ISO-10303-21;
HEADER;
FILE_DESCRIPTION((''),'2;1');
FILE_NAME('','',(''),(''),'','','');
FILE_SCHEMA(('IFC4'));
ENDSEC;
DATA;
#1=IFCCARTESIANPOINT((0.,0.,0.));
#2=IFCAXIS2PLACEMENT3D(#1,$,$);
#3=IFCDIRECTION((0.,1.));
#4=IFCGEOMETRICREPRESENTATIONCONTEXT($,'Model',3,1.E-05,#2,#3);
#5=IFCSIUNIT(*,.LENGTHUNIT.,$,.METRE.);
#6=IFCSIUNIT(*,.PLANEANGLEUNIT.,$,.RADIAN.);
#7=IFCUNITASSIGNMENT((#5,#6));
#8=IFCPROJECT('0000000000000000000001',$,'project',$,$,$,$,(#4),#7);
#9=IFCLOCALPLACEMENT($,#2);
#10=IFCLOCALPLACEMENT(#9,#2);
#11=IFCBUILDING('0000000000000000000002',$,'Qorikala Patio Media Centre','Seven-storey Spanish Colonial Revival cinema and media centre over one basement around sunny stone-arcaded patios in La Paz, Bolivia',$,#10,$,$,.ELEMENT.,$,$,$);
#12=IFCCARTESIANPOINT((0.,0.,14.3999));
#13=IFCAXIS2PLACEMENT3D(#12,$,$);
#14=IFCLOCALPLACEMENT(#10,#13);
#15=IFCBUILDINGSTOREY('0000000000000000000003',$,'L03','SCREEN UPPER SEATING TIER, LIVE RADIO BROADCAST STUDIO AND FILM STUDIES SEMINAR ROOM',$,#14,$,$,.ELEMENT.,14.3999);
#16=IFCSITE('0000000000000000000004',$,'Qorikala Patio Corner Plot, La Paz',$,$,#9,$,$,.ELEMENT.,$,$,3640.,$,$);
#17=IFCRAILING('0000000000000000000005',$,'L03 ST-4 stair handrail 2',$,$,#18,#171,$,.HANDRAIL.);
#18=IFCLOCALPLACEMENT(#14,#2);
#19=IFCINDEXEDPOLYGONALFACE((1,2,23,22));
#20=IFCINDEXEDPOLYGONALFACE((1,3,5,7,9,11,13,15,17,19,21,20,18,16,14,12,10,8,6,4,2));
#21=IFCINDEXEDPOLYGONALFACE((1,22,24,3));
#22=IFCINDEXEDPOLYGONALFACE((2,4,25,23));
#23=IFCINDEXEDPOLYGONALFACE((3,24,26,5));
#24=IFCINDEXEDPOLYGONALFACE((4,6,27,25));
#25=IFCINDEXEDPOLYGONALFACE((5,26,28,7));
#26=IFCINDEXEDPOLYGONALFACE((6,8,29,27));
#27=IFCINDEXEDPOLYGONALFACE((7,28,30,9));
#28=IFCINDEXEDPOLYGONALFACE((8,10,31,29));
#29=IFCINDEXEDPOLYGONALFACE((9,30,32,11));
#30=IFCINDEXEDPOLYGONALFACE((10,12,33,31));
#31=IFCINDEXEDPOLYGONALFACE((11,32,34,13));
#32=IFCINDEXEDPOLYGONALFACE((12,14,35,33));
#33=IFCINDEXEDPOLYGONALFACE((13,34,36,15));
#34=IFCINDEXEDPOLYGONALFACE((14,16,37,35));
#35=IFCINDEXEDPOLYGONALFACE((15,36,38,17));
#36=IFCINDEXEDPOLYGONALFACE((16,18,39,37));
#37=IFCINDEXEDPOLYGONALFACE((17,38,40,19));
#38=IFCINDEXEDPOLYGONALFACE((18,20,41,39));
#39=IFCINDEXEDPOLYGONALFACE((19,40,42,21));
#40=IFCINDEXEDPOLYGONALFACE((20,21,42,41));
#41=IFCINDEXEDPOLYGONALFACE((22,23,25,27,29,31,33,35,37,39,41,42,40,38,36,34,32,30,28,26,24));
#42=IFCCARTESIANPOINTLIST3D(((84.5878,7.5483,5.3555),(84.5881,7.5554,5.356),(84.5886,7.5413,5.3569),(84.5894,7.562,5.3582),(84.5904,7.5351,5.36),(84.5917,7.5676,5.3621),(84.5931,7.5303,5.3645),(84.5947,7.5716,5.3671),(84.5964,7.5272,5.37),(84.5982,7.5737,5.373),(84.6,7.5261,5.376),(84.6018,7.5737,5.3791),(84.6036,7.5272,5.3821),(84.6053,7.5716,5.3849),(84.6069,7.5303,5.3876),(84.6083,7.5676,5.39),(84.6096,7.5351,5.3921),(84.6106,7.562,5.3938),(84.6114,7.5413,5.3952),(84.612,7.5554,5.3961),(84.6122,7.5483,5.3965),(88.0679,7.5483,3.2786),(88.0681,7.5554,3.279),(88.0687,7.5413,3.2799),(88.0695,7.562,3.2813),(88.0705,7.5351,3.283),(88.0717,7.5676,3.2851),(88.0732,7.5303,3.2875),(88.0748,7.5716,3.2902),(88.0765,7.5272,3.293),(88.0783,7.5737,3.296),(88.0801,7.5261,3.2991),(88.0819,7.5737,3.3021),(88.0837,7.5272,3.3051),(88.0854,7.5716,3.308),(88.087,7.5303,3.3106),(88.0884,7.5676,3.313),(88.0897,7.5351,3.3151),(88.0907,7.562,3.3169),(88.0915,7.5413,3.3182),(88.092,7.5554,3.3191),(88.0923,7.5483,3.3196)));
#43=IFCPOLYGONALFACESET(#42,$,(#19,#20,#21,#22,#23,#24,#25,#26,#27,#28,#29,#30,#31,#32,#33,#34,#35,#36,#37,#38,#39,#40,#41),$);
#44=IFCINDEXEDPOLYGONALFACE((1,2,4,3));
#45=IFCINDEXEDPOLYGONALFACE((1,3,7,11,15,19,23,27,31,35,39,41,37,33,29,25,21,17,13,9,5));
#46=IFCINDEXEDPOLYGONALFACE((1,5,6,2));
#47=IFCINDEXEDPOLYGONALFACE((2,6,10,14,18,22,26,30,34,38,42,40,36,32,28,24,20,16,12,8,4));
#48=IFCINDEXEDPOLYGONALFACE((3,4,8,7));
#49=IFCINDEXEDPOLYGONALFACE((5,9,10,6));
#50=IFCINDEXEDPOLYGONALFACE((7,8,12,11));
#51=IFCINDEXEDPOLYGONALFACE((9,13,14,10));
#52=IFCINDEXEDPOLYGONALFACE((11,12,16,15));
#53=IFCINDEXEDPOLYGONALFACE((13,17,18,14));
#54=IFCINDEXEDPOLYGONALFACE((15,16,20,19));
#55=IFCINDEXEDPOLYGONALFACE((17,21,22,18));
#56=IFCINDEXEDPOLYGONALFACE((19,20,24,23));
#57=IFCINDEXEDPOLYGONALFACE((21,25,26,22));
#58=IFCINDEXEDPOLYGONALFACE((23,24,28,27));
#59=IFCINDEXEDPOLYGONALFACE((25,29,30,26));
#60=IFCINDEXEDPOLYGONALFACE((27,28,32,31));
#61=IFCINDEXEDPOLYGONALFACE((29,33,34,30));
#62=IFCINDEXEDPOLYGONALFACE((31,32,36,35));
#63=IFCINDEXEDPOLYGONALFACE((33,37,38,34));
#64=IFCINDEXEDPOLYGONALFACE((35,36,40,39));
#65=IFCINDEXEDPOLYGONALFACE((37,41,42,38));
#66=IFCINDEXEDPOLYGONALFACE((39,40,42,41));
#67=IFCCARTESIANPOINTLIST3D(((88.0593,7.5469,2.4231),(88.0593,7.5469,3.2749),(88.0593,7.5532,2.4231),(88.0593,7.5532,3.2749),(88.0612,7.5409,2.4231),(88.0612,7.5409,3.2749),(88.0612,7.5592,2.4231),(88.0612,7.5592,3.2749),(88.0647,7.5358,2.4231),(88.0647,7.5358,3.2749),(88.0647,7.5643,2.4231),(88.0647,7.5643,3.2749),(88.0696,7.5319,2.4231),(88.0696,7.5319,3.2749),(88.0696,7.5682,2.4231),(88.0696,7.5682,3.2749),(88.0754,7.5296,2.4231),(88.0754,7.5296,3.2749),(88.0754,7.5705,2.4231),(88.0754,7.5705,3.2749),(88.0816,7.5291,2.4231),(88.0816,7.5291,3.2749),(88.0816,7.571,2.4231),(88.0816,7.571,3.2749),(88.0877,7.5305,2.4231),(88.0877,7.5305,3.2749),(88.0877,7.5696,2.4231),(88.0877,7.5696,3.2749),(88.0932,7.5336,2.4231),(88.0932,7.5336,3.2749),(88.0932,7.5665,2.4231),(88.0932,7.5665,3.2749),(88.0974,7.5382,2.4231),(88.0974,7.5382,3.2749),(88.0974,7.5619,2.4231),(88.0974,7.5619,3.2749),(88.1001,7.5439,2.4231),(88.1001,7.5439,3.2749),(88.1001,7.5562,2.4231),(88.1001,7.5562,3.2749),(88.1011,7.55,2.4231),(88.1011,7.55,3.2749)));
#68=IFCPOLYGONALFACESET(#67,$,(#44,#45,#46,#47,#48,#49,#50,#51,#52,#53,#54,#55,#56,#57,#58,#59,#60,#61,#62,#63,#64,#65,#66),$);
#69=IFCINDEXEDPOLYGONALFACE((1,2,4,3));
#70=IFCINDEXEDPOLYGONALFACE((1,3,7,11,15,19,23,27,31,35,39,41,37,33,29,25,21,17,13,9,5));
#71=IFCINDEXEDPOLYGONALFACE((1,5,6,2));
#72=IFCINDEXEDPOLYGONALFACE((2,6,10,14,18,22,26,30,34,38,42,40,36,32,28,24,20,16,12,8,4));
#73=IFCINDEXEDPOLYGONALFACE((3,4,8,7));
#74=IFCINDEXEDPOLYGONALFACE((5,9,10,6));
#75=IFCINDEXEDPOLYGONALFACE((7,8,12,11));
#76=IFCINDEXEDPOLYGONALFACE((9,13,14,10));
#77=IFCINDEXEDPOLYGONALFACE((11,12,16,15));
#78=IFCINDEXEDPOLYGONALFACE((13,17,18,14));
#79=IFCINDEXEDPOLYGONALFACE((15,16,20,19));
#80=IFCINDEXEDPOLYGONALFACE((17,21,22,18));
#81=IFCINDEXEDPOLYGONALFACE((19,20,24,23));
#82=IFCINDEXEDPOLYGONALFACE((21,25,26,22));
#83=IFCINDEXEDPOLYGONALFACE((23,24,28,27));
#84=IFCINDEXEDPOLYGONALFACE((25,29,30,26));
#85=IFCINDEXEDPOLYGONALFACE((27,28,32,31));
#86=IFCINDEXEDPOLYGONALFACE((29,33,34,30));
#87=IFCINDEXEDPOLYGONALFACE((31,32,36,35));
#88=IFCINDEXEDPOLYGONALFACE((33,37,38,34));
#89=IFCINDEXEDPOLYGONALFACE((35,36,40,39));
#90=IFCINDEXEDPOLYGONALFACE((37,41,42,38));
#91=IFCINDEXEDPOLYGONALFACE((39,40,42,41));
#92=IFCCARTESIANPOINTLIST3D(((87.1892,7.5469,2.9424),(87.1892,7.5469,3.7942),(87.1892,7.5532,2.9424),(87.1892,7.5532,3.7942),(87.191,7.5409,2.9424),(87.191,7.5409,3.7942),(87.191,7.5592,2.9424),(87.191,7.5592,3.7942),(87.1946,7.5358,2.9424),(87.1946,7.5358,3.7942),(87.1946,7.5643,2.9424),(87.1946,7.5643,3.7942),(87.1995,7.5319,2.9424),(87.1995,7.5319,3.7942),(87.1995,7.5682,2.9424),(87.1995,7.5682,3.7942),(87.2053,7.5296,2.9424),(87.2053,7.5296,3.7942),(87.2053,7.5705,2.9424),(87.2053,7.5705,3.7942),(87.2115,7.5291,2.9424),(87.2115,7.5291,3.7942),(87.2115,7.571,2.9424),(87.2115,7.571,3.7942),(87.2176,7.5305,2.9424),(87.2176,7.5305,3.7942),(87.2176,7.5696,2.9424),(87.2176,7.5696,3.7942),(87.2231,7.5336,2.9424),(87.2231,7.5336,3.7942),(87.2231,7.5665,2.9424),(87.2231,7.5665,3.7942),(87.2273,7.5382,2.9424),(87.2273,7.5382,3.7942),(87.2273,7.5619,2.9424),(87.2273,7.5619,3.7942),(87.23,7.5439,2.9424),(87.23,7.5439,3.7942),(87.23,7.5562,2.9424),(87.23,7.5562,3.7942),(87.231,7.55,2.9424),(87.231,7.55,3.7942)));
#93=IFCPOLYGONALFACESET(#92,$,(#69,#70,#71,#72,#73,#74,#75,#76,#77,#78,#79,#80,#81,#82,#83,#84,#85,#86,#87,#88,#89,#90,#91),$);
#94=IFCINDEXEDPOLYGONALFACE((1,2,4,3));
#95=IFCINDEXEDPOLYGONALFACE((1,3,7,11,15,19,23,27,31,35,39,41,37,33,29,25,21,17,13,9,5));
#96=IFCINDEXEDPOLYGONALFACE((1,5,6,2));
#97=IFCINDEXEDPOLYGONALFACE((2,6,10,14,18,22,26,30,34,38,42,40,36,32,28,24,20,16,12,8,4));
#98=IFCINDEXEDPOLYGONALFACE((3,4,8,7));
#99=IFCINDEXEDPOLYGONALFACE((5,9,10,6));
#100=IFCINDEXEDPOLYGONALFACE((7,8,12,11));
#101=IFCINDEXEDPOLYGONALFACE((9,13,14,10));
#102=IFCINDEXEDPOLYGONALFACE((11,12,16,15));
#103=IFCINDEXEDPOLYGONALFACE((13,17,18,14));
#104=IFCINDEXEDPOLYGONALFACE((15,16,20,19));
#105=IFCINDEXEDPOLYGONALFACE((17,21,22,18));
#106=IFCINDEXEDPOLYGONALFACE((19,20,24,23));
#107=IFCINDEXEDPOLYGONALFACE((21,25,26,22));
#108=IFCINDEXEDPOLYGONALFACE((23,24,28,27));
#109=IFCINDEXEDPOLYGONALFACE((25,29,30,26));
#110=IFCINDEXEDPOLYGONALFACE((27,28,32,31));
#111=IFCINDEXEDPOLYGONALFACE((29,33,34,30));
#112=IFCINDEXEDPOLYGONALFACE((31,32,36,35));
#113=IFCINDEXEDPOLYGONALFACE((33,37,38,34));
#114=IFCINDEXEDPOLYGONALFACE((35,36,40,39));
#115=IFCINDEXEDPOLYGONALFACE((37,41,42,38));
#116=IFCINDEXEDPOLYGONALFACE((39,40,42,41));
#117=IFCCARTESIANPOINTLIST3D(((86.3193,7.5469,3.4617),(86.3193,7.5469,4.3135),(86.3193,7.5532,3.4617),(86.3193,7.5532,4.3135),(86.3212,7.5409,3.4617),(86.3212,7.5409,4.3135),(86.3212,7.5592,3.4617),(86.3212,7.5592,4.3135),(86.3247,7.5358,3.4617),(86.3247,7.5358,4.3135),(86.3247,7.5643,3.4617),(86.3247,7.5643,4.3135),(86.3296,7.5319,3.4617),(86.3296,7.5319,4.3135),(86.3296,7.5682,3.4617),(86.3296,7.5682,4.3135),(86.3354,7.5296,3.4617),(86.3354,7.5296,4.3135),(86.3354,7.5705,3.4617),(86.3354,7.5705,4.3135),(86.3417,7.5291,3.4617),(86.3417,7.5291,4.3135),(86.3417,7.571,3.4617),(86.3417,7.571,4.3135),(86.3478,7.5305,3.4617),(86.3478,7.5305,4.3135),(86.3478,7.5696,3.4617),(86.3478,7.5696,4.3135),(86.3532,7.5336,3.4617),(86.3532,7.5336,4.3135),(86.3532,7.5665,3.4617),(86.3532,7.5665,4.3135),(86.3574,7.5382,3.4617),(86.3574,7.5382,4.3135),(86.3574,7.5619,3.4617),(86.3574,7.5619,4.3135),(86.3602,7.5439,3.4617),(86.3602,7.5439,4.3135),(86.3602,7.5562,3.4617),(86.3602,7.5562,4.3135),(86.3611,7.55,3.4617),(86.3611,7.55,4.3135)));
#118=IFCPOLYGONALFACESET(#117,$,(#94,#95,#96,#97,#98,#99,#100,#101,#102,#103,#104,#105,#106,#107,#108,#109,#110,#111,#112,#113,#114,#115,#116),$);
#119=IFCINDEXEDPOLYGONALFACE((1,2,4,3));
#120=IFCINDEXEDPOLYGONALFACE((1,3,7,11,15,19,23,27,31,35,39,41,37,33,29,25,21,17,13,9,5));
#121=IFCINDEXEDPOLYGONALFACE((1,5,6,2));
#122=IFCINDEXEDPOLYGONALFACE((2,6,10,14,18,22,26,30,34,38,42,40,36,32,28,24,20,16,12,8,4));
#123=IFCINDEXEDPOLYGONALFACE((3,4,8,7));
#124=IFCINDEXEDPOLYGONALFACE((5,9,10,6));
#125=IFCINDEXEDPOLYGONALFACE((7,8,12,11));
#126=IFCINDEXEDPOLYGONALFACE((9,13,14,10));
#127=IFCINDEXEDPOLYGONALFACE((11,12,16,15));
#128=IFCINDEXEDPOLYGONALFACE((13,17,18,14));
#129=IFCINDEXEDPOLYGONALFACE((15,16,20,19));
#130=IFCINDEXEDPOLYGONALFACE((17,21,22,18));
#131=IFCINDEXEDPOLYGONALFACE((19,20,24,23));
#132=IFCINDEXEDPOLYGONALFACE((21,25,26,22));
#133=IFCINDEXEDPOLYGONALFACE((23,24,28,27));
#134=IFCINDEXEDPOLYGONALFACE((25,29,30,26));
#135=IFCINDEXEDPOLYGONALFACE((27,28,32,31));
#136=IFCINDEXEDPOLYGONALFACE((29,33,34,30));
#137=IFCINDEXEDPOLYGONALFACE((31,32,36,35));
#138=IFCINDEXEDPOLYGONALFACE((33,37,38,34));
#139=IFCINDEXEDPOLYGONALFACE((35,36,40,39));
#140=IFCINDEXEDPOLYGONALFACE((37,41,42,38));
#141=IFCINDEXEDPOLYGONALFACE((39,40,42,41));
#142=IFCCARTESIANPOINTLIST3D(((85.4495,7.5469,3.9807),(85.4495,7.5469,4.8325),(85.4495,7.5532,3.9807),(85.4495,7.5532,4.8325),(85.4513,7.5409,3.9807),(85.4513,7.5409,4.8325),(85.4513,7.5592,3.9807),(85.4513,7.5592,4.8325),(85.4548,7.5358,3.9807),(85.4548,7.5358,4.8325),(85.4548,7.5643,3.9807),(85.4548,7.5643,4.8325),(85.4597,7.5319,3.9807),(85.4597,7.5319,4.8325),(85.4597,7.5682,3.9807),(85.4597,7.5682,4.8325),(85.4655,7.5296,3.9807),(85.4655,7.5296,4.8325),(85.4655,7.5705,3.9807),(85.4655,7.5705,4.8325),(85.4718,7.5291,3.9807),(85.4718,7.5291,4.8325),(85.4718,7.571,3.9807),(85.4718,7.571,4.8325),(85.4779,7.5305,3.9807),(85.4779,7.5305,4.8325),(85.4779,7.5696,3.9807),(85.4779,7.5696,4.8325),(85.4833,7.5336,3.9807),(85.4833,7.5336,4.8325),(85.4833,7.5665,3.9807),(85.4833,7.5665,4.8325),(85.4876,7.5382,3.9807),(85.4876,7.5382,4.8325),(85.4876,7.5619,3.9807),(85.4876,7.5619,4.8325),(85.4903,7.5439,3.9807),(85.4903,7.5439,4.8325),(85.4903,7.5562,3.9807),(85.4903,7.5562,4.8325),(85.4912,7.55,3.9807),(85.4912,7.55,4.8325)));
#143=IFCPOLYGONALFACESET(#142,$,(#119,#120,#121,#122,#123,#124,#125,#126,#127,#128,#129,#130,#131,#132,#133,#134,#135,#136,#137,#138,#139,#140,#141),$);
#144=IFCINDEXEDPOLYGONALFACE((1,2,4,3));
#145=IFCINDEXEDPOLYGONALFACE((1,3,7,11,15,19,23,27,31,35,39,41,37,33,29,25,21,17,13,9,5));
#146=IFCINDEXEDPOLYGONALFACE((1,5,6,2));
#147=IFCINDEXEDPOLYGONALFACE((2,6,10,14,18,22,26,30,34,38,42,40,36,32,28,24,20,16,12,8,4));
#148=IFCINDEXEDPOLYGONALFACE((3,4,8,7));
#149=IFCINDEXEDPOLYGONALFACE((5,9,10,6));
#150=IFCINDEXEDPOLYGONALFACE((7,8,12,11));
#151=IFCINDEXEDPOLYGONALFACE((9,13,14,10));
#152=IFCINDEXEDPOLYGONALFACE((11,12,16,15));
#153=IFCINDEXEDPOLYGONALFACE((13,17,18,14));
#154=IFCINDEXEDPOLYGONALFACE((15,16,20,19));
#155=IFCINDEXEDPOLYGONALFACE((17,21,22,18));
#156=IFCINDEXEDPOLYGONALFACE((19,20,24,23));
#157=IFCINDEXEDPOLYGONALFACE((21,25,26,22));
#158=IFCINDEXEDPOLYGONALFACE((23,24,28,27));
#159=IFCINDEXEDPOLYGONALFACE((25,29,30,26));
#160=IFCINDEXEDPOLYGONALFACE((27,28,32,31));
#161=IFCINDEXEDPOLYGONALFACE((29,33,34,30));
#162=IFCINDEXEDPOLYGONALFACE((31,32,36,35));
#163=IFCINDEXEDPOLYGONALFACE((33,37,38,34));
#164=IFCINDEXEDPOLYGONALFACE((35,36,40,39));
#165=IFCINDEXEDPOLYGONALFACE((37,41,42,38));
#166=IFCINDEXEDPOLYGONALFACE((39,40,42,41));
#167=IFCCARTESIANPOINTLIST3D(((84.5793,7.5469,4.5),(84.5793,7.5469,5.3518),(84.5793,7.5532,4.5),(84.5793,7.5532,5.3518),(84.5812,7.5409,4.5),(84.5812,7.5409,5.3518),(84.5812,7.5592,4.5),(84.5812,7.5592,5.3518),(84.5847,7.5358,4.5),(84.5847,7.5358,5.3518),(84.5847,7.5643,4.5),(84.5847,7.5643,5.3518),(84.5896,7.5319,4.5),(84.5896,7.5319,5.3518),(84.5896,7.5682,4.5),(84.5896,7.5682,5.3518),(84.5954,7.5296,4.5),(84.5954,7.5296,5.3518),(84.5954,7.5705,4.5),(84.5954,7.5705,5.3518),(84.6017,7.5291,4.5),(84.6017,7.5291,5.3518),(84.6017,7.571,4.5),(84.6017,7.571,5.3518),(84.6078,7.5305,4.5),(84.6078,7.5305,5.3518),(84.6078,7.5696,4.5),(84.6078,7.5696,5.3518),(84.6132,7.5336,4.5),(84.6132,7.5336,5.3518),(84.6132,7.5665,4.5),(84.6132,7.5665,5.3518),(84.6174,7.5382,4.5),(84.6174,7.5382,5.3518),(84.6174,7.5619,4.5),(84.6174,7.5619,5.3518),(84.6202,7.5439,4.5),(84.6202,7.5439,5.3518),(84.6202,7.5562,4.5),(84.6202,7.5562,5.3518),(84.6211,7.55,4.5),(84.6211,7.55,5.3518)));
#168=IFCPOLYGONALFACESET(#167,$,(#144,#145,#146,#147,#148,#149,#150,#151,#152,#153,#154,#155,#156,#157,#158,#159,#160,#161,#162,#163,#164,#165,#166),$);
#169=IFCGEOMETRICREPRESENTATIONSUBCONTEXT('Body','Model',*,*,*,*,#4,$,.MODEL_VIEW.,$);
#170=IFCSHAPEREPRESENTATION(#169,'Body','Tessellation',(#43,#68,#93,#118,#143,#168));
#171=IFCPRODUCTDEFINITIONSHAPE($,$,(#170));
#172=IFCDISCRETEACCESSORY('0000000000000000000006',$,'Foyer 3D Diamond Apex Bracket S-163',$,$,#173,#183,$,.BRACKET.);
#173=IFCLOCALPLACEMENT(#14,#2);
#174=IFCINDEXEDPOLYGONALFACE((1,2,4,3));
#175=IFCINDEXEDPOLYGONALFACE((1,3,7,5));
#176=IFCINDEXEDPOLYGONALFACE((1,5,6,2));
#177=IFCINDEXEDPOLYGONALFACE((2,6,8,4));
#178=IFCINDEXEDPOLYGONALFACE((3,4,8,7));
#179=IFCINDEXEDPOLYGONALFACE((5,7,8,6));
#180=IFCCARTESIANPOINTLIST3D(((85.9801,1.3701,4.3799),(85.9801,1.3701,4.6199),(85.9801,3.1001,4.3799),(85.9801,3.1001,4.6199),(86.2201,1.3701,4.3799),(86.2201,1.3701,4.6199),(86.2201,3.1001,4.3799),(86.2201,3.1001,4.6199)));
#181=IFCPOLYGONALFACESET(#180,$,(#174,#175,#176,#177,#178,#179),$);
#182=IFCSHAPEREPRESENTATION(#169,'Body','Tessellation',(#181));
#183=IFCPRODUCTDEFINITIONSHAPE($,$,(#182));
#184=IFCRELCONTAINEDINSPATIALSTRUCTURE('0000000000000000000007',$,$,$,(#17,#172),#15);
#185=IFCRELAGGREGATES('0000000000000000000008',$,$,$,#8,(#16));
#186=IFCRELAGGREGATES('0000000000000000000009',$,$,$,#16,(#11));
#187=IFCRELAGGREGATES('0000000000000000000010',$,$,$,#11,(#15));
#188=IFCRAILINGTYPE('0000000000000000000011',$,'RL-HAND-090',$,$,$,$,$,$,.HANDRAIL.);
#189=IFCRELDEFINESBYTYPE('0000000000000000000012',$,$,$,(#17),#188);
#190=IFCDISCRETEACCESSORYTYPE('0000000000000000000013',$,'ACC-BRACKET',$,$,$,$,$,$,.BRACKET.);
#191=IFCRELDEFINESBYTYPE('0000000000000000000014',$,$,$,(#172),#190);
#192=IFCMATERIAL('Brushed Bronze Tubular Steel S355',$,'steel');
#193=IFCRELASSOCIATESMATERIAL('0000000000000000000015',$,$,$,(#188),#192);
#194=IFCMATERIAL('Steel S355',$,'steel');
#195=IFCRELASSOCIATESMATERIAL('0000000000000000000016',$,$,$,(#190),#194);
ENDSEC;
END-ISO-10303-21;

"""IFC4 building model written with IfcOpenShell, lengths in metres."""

from ifc_helpers import new_model, si_unit, direction, frame, origin, origin_2d, place, context, subcontext, project, spatial, rectangle, circle, extrude, material, type_object, element, save


model = new_model("IFC4")

# Units and contexts
model_context = context("Model", 3, precision=1e-05, world=origin(), true_north=direction((0.0, 1.0)))
body_context = subcontext(model_context, "Body", "Model", "MODEL_VIEW")
ifc_project = project(units=[si_unit("LENGTHUNIT", "METRE"), si_unit("PLANEANGLEUNIT", "RADIAN")], contexts=[model_context])

# Site, building, storey
site_placement = place(None, origin())
site = spatial("IfcSite", under=ifc_project, at=site_placement, Name="Qorikala Patio Corner Plot, La Paz", CompositionType="ELEMENT", RefElevation=3640.0)
building_placement = place(site_placement, origin())
building = spatial("IfcBuilding", under=site, at=building_placement, Name="Qorikala Patio Media Centre", Description="Seven-storey Spanish Colonial Revival cinema and media centre over one basement around sunny stone-arcaded patios in La Paz, Bolivia", CompositionType="ELEMENT")
storey_placement = place(building_placement, frame((0.0, 0.0, 14.3999)))
storey = spatial("IfcBuildingStorey", under=building, at=storey_placement, Name="L03", Description="SCREEN UPPER SEATING TIER, LIVE RADIO BROADCAST STUDIO AND FILM STUDIES SEMINAR ROOM", CompositionType="ELEMENT", Elevation=14.3999)

# Railing
ifc_material_1 = material(Name="Brushed Bronze Tubular Steel S355", Category="steel")
railing_type_1 = type_object("IfcRailingType", Name="RL-HAND-090", PredefinedType="HANDRAIL", material=ifc_material_1)
railing_1_placement = place(storey_placement, frame((88.0801, 7.55, 2.4231)))
element("IfcRailing", 1, at=railing_1_placement, inside=storey, type_object=railing_type_1, Name="L03 ST-4 stair handrail 2", PredefinedType="HANDRAIL", context=body_context, shape_type="SweptSolid", body=[
    extrude(circle(Radius=0.0239, at=origin_2d()), frame((0.0, 0.0, 0.876), z_axis=(-0.858697, 0.0, 0.512483), x_axis=(0.0, -1.0, 0.0)), (0.0, 0.0, 1.0), 4.0527),
    extrude(circle(Radius=0.021, at=origin_2d()), origin(), (0.0, 0.0, 1.0), 0.8518),
    extrude(circle(Radius=0.021, at=origin_2d()), frame((-0.8701, 0.0, 0.5193)), (0.0, 0.0, 1.0), 0.8518),
    extrude(circle(Radius=0.021, at=origin_2d()), frame((-1.74, 0.0, 1.0386)), (0.0, 0.0, 1.0), 0.8518),
    extrude(circle(Radius=0.021, at=origin_2d()), frame((-2.6099, 0.0, 1.5576)), (0.0, 0.0, 1.0), 0.8518),
    extrude(circle(Radius=0.021, at=origin_2d()), frame((-3.48, 0.0, 2.0769)), (0.0, 0.0, 1.0), 0.8518),
])

# Discrete accessory
ifc_material_2 = material(Name="Steel S355", Category="steel")
discrete_accessory_type = type_object("IfcDiscreteAccessoryType", Name="ACC-BRACKET", PredefinedType="BRACKET", material=ifc_material_2)
discrete_accessory_placement = place(storey_placement, frame((86.1001, 2.2351, 4.3799), z_axis=(0.0, 0.0, 1.0), x_axis=(1.0, 0.0, 0.0)))
element("IfcDiscreteAccessory", 2, at=discrete_accessory_placement, inside=storey, type_object=discrete_accessory_type, Name="Foyer 3D Diamond Apex Bracket S-163", PredefinedType="BRACKET", context=body_context, shape_type="SweptSolid", body=[
    extrude(rectangle(XDim=0.24, YDim=1.73, at=origin_2d()), origin(), (0.0, 0.0, 1.0), 0.24),
])

save(model, "model.ifc")
